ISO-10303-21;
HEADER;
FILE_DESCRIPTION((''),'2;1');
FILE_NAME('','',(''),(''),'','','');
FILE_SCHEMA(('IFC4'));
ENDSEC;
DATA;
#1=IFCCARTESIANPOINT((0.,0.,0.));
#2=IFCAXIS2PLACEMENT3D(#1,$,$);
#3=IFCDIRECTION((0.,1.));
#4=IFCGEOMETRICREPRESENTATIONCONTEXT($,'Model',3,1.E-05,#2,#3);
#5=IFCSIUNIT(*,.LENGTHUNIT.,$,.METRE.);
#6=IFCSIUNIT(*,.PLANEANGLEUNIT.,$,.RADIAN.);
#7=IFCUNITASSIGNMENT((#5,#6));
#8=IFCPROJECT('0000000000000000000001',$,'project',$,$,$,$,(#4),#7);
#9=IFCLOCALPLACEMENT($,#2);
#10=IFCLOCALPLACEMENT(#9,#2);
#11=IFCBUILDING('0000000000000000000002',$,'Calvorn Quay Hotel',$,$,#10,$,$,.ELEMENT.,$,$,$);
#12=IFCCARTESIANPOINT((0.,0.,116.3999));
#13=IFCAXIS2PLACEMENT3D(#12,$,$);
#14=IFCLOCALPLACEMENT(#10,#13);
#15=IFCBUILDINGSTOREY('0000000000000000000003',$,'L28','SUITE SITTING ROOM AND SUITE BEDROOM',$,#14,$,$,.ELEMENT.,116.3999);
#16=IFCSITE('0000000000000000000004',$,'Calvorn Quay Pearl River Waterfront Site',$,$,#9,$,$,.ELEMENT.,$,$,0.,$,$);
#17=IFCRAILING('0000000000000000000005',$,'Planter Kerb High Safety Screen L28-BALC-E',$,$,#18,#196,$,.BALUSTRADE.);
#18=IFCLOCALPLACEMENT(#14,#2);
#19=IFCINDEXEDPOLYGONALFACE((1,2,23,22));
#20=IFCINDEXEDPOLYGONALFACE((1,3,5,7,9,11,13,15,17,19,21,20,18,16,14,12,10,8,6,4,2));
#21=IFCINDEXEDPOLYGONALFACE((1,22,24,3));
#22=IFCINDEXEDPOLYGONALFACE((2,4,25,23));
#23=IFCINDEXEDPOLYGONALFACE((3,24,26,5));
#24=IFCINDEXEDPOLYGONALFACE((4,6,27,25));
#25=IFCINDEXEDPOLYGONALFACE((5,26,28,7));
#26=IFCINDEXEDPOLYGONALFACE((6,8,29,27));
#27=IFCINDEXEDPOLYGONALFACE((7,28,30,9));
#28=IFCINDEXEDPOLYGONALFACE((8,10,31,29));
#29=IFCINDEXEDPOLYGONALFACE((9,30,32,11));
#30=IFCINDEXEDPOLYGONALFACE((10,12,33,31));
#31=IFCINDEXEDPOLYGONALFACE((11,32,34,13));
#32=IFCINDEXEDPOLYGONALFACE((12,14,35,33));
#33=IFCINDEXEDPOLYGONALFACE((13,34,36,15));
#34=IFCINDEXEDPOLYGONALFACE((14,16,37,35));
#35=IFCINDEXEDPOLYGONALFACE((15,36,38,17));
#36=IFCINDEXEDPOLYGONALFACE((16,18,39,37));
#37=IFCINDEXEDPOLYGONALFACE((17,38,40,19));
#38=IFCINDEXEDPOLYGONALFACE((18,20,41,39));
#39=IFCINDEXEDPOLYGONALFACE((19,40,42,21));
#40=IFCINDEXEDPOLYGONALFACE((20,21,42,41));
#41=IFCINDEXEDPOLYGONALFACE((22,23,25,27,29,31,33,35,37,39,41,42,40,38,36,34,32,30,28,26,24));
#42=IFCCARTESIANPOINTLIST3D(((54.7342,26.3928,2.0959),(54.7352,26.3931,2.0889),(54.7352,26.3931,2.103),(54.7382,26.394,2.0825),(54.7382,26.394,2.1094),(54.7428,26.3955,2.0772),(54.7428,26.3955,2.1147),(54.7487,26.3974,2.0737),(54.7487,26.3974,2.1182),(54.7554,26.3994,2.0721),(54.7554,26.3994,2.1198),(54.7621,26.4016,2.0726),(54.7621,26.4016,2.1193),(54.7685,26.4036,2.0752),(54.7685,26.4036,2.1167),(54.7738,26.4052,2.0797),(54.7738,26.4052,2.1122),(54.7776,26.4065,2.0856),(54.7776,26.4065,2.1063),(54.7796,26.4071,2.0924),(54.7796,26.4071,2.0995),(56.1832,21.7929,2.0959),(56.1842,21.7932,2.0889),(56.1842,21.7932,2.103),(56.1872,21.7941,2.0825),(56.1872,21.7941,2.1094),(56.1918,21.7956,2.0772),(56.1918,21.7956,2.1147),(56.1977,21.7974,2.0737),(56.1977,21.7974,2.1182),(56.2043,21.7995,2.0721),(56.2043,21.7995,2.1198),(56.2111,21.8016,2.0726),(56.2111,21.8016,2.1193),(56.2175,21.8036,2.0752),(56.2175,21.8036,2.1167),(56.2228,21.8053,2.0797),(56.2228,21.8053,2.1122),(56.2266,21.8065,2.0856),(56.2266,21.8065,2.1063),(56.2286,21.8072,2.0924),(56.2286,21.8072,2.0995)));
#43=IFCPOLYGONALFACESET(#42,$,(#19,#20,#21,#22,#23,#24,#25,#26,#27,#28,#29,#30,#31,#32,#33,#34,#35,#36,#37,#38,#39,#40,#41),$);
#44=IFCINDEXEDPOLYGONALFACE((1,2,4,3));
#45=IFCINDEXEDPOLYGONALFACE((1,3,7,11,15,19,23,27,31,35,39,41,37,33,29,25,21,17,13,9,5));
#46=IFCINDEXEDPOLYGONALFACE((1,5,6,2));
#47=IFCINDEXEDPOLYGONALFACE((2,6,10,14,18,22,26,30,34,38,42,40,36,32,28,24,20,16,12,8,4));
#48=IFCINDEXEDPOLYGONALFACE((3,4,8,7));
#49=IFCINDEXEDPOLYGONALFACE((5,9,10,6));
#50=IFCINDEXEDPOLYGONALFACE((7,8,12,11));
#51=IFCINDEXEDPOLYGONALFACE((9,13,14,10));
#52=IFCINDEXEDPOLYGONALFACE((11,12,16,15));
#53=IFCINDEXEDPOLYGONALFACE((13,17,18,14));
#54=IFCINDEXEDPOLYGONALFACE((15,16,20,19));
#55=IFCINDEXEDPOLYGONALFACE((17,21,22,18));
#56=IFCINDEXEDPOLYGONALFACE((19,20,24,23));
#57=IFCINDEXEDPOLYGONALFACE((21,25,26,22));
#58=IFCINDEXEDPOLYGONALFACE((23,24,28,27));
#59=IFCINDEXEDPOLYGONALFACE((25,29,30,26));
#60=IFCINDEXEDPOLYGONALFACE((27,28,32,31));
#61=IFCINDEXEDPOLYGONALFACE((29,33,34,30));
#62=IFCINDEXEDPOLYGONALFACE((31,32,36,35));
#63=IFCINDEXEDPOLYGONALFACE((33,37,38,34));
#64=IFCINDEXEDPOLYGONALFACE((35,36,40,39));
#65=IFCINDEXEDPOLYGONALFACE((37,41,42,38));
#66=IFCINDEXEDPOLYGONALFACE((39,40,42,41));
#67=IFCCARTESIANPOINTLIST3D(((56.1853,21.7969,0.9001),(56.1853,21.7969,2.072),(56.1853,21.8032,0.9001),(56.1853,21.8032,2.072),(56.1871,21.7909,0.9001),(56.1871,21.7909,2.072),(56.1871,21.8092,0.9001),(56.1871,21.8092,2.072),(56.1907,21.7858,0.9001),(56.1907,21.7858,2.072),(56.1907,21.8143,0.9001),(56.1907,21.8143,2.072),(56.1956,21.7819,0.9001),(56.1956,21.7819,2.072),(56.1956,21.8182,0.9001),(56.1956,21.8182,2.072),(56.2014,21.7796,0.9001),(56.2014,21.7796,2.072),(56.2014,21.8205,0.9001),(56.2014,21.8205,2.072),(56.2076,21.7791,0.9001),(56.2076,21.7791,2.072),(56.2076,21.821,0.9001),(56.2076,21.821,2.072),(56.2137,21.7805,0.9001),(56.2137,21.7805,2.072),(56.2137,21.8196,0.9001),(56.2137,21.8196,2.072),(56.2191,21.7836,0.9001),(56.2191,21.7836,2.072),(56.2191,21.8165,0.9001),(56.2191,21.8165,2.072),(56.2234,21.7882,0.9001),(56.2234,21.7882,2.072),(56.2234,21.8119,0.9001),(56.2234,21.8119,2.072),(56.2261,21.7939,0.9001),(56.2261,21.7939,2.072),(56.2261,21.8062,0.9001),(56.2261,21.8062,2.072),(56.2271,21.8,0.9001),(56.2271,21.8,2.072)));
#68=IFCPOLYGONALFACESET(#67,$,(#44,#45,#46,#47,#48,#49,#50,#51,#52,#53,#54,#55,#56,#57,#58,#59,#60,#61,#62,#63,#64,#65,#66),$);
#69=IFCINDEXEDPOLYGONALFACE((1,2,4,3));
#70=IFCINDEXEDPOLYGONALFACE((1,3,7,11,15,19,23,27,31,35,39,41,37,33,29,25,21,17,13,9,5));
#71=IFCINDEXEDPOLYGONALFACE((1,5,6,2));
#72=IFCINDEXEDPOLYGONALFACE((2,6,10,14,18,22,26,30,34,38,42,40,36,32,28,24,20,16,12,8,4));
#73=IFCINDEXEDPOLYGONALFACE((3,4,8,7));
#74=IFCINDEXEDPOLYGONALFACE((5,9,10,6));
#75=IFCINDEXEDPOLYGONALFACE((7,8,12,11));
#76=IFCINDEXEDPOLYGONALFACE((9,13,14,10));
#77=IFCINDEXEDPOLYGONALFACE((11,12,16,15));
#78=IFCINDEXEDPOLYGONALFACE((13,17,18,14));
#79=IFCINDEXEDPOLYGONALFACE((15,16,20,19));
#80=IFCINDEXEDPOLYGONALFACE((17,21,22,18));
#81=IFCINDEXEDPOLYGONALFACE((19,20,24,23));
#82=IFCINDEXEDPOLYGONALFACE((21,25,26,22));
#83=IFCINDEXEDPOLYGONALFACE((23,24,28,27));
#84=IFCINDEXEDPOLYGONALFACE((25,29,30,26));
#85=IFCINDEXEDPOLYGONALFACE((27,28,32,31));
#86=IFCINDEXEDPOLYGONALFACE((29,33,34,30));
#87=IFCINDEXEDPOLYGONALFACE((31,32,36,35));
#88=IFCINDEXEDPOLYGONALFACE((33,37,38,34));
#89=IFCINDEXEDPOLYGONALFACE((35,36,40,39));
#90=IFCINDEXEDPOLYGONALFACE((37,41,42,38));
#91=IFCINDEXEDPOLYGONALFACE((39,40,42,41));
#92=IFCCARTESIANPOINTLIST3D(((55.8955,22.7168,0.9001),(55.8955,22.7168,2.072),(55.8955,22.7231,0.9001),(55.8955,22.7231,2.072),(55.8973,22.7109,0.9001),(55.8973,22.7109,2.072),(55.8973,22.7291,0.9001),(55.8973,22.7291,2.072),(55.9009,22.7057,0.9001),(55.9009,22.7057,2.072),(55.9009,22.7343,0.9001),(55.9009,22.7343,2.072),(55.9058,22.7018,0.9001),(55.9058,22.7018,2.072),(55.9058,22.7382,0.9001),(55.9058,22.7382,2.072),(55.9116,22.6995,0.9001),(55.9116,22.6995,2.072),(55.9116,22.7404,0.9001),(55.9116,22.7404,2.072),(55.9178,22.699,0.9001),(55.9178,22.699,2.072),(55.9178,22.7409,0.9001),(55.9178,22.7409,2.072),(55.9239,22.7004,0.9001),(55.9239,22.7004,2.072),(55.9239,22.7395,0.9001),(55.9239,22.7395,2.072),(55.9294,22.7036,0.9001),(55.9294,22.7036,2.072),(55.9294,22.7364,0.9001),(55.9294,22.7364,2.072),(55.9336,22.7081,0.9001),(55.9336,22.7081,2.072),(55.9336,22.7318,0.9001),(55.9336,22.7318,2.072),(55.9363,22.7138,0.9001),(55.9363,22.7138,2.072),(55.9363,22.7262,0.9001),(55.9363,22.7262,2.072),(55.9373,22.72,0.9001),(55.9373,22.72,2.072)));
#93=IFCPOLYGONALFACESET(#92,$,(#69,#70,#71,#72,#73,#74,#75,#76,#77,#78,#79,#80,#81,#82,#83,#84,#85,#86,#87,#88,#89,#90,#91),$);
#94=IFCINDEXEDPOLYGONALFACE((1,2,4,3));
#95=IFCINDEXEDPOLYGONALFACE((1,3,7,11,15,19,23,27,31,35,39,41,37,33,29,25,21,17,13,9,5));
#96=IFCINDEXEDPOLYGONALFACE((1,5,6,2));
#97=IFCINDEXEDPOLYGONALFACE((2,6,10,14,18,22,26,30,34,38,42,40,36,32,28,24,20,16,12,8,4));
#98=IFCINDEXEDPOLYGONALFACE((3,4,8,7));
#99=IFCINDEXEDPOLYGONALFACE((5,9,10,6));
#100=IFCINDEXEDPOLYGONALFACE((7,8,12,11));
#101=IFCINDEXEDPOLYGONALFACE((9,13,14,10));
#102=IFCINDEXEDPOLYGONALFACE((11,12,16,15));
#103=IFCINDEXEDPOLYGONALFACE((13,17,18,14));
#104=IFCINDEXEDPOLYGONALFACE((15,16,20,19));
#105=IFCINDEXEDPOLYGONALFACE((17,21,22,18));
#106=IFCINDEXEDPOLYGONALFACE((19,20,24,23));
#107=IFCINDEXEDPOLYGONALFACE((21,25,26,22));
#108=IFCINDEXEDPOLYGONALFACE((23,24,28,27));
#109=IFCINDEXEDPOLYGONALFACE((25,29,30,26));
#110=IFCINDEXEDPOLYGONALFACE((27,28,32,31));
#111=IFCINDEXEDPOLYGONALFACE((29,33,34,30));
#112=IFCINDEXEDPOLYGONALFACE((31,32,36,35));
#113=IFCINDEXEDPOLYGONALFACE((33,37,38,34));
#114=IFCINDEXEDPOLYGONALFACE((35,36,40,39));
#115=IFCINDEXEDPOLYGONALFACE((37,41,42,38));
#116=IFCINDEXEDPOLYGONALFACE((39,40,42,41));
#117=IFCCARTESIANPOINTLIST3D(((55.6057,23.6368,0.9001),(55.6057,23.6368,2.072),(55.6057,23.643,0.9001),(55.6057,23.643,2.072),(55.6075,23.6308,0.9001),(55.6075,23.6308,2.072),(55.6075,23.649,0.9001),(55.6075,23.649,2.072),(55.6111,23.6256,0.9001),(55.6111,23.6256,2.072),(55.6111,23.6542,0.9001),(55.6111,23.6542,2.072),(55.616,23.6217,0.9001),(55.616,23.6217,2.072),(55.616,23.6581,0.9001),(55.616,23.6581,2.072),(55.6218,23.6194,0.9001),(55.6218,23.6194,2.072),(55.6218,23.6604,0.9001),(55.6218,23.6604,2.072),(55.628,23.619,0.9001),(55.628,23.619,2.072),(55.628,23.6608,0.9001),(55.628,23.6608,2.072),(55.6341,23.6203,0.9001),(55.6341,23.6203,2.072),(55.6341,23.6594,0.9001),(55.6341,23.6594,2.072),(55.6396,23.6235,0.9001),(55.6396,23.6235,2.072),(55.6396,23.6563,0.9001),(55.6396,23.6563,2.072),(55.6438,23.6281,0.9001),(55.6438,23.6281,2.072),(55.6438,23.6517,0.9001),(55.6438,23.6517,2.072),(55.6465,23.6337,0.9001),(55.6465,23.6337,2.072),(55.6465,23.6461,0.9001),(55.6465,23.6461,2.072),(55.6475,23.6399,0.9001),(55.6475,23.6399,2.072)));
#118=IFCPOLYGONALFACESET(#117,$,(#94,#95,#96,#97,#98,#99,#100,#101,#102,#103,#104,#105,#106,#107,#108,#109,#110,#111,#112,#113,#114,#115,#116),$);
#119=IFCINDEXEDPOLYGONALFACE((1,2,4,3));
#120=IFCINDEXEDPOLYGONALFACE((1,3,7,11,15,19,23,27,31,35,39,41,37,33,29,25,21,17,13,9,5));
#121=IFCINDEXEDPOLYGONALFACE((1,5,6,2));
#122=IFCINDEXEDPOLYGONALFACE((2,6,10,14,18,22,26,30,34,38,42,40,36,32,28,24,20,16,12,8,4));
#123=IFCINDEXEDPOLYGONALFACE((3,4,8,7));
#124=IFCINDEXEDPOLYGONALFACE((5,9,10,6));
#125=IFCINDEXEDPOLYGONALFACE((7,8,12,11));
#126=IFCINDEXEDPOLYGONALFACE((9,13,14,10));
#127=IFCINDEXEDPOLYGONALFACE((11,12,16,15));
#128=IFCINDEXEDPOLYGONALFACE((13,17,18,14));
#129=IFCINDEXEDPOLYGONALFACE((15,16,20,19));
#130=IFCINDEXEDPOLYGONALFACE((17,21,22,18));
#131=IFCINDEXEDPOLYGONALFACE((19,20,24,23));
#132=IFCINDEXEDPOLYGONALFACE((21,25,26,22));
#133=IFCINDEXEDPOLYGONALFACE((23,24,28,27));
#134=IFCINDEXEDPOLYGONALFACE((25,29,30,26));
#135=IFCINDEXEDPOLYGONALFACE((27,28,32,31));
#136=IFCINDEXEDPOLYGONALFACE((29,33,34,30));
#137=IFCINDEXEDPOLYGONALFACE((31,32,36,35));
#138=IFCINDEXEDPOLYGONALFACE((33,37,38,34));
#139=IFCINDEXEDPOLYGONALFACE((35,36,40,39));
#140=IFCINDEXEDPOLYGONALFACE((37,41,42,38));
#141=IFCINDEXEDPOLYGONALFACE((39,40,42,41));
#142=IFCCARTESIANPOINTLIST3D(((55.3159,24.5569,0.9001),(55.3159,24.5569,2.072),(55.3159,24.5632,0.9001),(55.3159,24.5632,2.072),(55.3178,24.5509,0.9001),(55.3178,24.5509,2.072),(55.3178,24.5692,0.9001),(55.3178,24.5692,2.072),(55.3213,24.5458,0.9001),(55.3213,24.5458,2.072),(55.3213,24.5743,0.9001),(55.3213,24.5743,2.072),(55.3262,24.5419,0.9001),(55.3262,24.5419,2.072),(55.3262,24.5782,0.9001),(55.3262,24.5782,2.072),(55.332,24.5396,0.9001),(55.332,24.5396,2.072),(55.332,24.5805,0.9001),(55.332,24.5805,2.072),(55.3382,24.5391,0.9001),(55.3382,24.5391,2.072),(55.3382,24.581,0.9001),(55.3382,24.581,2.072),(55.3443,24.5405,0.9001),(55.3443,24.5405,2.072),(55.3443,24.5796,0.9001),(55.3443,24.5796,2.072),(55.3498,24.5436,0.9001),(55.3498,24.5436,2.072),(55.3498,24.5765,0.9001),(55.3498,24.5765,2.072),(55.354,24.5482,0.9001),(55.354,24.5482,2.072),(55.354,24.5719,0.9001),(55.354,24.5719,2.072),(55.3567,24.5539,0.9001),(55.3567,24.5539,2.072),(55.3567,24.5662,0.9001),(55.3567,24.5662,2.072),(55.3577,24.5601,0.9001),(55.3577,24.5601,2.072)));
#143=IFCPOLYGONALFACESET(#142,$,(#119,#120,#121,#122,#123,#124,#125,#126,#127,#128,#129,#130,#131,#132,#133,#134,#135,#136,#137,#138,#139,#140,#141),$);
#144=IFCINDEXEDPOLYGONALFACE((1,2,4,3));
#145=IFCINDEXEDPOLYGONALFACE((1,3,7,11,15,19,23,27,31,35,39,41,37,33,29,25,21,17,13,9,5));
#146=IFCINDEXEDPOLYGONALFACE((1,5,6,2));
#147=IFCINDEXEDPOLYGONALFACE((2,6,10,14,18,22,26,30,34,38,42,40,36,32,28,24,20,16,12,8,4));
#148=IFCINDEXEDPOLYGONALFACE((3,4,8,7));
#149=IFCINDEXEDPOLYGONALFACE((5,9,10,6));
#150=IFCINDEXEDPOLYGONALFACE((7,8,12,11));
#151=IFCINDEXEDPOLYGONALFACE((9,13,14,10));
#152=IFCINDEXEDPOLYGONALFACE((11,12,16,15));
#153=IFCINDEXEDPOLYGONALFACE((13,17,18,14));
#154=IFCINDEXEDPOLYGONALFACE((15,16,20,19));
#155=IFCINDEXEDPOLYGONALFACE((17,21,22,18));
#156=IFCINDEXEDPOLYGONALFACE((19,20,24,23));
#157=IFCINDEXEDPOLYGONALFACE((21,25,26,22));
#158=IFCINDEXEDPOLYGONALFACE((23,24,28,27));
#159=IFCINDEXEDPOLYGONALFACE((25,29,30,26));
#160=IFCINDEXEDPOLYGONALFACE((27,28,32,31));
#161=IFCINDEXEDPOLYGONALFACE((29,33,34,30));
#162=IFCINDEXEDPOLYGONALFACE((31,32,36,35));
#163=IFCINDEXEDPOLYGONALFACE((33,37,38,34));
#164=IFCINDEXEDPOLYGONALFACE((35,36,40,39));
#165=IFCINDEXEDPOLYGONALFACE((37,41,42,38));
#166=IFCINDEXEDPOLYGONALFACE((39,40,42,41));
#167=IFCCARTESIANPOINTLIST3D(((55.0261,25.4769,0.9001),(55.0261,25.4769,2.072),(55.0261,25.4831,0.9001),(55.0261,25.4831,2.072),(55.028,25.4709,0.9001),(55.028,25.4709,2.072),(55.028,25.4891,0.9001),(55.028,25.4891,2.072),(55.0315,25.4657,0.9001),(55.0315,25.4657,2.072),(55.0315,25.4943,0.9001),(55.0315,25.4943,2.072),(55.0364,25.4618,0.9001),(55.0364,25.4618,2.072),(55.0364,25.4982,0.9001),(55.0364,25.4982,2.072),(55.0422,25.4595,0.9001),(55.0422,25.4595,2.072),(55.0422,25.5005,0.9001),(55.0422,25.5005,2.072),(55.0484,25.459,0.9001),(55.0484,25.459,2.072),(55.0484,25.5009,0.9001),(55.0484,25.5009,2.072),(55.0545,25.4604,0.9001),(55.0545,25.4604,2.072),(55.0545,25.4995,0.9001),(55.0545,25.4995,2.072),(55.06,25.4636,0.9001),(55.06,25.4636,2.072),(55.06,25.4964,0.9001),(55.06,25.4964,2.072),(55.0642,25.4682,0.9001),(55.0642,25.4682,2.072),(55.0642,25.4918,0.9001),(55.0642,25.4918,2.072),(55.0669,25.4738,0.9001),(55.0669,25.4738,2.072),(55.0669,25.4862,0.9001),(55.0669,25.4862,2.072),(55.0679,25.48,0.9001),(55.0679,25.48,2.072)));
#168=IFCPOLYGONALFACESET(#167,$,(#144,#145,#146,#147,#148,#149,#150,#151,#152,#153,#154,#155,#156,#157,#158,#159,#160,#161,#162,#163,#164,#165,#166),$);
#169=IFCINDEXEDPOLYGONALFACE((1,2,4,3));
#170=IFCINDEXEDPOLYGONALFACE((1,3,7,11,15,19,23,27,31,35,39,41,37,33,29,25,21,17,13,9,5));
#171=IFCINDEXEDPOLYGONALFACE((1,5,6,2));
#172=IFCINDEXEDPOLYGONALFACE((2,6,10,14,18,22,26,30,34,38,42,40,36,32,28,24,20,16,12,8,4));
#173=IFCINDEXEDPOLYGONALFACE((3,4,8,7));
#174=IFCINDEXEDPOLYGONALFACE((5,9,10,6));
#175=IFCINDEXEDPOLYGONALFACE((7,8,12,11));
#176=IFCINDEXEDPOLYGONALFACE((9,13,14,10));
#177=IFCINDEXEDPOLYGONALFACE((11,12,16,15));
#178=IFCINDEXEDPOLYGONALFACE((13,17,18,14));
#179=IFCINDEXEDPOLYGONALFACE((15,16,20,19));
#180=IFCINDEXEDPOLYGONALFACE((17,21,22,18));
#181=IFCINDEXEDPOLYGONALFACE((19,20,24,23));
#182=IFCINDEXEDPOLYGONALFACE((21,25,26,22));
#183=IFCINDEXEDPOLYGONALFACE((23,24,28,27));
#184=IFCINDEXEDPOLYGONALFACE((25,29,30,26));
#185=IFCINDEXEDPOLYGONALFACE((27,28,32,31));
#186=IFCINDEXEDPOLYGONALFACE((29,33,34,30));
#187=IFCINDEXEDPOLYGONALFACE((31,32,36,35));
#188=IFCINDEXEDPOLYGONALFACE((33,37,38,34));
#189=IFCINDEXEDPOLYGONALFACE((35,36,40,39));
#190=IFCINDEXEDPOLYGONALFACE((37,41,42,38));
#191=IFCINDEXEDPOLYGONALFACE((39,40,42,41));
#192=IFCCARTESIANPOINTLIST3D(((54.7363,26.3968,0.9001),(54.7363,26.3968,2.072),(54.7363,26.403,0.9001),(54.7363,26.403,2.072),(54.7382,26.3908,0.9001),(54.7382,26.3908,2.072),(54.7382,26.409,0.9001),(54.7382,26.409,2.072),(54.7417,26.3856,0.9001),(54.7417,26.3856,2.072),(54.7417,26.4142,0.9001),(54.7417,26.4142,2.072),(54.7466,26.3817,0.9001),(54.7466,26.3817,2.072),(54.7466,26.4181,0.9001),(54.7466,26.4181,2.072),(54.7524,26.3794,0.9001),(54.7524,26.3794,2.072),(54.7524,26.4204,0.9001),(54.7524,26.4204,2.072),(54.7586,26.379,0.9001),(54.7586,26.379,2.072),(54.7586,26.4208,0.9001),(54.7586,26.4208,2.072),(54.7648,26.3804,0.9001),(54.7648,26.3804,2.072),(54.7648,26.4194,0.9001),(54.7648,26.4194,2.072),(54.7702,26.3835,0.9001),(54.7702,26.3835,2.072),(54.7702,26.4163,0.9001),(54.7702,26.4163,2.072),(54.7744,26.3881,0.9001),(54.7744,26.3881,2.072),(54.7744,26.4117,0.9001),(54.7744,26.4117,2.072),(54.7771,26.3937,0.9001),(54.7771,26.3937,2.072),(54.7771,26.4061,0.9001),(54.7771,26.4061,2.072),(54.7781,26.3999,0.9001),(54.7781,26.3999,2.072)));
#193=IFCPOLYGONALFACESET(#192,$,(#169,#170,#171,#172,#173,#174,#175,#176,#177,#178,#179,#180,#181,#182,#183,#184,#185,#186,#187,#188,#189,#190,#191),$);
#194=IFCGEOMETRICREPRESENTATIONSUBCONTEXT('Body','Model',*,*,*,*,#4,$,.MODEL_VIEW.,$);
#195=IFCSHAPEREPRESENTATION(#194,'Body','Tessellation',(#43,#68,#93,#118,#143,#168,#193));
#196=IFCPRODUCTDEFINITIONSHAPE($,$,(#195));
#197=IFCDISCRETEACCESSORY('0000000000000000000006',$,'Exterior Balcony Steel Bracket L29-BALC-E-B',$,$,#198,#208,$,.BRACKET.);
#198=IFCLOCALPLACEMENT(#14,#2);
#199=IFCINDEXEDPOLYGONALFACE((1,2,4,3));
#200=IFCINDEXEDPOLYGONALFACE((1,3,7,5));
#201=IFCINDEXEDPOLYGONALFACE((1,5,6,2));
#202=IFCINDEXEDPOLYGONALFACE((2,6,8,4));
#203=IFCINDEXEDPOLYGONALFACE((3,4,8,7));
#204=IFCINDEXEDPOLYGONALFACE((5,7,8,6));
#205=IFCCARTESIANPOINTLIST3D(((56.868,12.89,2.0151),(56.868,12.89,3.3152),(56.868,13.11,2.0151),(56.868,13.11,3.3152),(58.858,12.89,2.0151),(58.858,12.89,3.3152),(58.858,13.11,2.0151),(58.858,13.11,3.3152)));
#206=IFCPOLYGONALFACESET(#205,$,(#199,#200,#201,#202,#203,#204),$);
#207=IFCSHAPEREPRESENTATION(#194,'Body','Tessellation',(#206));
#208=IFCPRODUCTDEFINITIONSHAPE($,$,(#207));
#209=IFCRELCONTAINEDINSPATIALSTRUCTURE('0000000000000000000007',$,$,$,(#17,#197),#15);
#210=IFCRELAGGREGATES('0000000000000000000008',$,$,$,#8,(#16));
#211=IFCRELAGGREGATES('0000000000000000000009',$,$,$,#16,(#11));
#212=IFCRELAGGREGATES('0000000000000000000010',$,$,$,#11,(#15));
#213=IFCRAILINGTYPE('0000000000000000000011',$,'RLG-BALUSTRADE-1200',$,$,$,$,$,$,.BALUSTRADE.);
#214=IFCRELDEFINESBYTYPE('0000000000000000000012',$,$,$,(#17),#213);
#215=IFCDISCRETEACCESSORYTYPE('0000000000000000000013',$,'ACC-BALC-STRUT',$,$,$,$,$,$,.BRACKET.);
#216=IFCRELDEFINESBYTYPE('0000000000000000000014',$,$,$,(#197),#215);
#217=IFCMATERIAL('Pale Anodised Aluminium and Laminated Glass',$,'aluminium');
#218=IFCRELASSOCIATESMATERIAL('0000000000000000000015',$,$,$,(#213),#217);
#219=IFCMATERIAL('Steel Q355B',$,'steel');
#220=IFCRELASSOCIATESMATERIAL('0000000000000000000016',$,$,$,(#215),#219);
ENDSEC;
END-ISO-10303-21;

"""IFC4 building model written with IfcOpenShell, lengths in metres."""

from ifc_helpers import new_model, si_unit, direction, frame, origin, origin_2d, place, context, subcontext, project, spatial, rectangle, circle, extrude, material, type_object, element, save


model = new_model("IFC4")

# Units and contexts
model_context = context("Model", 3, precision=1e-05, world=origin(), true_north=direction((0.0, 1.0)))
body_context = subcontext(model_context, "Body", "Model", "MODEL_VIEW")
ifc_project = project(units=[si_unit("LENGTHUNIT", "METRE"), si_unit("PLANEANGLEUNIT", "RADIAN")], contexts=[model_context])

# Site, building, storey
site_placement = place(None, origin())
site = spatial("IfcSite", under=ifc_project, at=site_placement, Name="Calvorn Quay Pearl River Waterfront Site", CompositionType="ELEMENT", RefElevation=0.0)
building_placement = place(site_placement, origin())
building = spatial("IfcBuilding", under=site, at=building_placement, Name="Calvorn Quay Hotel", CompositionType="ELEMENT")
storey_placement = place(building_placement, frame((0.0, 0.0, 116.3999)))
storey = spatial("IfcBuildingStorey", under=building, at=storey_placement, Name="L28", Description="SUITE SITTING ROOM AND SUITE BEDROOM", CompositionType="ELEMENT", Elevation=116.3999)

# Railing
ifc_material_1 = material(Name="Pale Anodised Aluminium and Laminated Glass", Category="aluminium")
railing_type = type_object("IfcRailingType", Name="RLG-BALUSTRADE-1200", PredefinedType="BALUSTRADE", material=ifc_material_1)
railing_1_placement = place(storey_placement, frame((56.2061, 21.8, 0.9001)))
element("IfcRailing", 1, at=railing_1_placement, inside=storey, type_object=railing_type, Name="Planter Kerb High Safety Screen L28-BALC-E", PredefinedType="BALUSTRADE", context=body_context, shape_type="SweptSolid", body=[
    extrude(circle(Radius=0.0239, at=origin_2d()), frame((0.0, 0.0, 1.1958), z_axis=(-0.30045, 0.953797, 0.0), x_axis=(-0.953797, -0.30045, 0.0)), (0.0, 0.0, 1.0), 4.8228),
    extrude(circle(Radius=0.021, at=origin_2d()), origin(), (0.0, 0.0, 1.0), 1.1719),
    extrude(circle(Radius=0.021, at=origin_2d()), frame((-0.2898, 0.9199, 0.0)), (0.0, 0.0, 1.0), 1.1719),
    extrude(circle(Radius=0.021, at=origin_2d()), frame((-0.5796, 1.8398, 0.0)), (0.0, 0.0, 1.0), 1.1719),
    extrude(circle(Radius=0.021, at=origin_2d()), frame((-0.8694, 2.76, 0.0)), (0.0, 0.0, 1.0), 1.1719),
    extrude(circle(Radius=0.021, at=origin_2d()), frame((-1.1592, 3.6799, 0.0)), (0.0, 0.0, 1.0), 1.1719),
    extrude(circle(Radius=0.021, at=origin_2d()), frame((-1.449, 4.5999, 0.0)), (0.0, 0.0, 1.0), 1.1719),
])

# Discrete accessory
ifc_material_2 = material(Name="Steel Q355B", Category="steel")
discrete_accessory_type_1 = type_object("IfcDiscreteAccessoryType", Name="ACC-BALC-STRUT", PredefinedType="BRACKET", material=ifc_material_2)
discrete_accessory_1_placement = place(storey_placement, frame((57.863, 13.0, 2.0151), z_axis=(0.0, 0.0, 1.0), x_axis=(1.0, 0.0, 0.0)))
element("IfcDiscreteAccessory", 2, at=discrete_accessory_1_placement, inside=storey, type_object=discrete_accessory_type_1, Name="Exterior Balcony Steel Bracket L29-BALC-E-B", PredefinedType="BRACKET", context=body_context, shape_type="SweptSolid", body=[
    extrude(rectangle(XDim=1.99, YDim=0.22, at=origin_2d()), origin(), (0.0, 0.0, 1.0), 1.3),
])

save(model, "model.ifc")
